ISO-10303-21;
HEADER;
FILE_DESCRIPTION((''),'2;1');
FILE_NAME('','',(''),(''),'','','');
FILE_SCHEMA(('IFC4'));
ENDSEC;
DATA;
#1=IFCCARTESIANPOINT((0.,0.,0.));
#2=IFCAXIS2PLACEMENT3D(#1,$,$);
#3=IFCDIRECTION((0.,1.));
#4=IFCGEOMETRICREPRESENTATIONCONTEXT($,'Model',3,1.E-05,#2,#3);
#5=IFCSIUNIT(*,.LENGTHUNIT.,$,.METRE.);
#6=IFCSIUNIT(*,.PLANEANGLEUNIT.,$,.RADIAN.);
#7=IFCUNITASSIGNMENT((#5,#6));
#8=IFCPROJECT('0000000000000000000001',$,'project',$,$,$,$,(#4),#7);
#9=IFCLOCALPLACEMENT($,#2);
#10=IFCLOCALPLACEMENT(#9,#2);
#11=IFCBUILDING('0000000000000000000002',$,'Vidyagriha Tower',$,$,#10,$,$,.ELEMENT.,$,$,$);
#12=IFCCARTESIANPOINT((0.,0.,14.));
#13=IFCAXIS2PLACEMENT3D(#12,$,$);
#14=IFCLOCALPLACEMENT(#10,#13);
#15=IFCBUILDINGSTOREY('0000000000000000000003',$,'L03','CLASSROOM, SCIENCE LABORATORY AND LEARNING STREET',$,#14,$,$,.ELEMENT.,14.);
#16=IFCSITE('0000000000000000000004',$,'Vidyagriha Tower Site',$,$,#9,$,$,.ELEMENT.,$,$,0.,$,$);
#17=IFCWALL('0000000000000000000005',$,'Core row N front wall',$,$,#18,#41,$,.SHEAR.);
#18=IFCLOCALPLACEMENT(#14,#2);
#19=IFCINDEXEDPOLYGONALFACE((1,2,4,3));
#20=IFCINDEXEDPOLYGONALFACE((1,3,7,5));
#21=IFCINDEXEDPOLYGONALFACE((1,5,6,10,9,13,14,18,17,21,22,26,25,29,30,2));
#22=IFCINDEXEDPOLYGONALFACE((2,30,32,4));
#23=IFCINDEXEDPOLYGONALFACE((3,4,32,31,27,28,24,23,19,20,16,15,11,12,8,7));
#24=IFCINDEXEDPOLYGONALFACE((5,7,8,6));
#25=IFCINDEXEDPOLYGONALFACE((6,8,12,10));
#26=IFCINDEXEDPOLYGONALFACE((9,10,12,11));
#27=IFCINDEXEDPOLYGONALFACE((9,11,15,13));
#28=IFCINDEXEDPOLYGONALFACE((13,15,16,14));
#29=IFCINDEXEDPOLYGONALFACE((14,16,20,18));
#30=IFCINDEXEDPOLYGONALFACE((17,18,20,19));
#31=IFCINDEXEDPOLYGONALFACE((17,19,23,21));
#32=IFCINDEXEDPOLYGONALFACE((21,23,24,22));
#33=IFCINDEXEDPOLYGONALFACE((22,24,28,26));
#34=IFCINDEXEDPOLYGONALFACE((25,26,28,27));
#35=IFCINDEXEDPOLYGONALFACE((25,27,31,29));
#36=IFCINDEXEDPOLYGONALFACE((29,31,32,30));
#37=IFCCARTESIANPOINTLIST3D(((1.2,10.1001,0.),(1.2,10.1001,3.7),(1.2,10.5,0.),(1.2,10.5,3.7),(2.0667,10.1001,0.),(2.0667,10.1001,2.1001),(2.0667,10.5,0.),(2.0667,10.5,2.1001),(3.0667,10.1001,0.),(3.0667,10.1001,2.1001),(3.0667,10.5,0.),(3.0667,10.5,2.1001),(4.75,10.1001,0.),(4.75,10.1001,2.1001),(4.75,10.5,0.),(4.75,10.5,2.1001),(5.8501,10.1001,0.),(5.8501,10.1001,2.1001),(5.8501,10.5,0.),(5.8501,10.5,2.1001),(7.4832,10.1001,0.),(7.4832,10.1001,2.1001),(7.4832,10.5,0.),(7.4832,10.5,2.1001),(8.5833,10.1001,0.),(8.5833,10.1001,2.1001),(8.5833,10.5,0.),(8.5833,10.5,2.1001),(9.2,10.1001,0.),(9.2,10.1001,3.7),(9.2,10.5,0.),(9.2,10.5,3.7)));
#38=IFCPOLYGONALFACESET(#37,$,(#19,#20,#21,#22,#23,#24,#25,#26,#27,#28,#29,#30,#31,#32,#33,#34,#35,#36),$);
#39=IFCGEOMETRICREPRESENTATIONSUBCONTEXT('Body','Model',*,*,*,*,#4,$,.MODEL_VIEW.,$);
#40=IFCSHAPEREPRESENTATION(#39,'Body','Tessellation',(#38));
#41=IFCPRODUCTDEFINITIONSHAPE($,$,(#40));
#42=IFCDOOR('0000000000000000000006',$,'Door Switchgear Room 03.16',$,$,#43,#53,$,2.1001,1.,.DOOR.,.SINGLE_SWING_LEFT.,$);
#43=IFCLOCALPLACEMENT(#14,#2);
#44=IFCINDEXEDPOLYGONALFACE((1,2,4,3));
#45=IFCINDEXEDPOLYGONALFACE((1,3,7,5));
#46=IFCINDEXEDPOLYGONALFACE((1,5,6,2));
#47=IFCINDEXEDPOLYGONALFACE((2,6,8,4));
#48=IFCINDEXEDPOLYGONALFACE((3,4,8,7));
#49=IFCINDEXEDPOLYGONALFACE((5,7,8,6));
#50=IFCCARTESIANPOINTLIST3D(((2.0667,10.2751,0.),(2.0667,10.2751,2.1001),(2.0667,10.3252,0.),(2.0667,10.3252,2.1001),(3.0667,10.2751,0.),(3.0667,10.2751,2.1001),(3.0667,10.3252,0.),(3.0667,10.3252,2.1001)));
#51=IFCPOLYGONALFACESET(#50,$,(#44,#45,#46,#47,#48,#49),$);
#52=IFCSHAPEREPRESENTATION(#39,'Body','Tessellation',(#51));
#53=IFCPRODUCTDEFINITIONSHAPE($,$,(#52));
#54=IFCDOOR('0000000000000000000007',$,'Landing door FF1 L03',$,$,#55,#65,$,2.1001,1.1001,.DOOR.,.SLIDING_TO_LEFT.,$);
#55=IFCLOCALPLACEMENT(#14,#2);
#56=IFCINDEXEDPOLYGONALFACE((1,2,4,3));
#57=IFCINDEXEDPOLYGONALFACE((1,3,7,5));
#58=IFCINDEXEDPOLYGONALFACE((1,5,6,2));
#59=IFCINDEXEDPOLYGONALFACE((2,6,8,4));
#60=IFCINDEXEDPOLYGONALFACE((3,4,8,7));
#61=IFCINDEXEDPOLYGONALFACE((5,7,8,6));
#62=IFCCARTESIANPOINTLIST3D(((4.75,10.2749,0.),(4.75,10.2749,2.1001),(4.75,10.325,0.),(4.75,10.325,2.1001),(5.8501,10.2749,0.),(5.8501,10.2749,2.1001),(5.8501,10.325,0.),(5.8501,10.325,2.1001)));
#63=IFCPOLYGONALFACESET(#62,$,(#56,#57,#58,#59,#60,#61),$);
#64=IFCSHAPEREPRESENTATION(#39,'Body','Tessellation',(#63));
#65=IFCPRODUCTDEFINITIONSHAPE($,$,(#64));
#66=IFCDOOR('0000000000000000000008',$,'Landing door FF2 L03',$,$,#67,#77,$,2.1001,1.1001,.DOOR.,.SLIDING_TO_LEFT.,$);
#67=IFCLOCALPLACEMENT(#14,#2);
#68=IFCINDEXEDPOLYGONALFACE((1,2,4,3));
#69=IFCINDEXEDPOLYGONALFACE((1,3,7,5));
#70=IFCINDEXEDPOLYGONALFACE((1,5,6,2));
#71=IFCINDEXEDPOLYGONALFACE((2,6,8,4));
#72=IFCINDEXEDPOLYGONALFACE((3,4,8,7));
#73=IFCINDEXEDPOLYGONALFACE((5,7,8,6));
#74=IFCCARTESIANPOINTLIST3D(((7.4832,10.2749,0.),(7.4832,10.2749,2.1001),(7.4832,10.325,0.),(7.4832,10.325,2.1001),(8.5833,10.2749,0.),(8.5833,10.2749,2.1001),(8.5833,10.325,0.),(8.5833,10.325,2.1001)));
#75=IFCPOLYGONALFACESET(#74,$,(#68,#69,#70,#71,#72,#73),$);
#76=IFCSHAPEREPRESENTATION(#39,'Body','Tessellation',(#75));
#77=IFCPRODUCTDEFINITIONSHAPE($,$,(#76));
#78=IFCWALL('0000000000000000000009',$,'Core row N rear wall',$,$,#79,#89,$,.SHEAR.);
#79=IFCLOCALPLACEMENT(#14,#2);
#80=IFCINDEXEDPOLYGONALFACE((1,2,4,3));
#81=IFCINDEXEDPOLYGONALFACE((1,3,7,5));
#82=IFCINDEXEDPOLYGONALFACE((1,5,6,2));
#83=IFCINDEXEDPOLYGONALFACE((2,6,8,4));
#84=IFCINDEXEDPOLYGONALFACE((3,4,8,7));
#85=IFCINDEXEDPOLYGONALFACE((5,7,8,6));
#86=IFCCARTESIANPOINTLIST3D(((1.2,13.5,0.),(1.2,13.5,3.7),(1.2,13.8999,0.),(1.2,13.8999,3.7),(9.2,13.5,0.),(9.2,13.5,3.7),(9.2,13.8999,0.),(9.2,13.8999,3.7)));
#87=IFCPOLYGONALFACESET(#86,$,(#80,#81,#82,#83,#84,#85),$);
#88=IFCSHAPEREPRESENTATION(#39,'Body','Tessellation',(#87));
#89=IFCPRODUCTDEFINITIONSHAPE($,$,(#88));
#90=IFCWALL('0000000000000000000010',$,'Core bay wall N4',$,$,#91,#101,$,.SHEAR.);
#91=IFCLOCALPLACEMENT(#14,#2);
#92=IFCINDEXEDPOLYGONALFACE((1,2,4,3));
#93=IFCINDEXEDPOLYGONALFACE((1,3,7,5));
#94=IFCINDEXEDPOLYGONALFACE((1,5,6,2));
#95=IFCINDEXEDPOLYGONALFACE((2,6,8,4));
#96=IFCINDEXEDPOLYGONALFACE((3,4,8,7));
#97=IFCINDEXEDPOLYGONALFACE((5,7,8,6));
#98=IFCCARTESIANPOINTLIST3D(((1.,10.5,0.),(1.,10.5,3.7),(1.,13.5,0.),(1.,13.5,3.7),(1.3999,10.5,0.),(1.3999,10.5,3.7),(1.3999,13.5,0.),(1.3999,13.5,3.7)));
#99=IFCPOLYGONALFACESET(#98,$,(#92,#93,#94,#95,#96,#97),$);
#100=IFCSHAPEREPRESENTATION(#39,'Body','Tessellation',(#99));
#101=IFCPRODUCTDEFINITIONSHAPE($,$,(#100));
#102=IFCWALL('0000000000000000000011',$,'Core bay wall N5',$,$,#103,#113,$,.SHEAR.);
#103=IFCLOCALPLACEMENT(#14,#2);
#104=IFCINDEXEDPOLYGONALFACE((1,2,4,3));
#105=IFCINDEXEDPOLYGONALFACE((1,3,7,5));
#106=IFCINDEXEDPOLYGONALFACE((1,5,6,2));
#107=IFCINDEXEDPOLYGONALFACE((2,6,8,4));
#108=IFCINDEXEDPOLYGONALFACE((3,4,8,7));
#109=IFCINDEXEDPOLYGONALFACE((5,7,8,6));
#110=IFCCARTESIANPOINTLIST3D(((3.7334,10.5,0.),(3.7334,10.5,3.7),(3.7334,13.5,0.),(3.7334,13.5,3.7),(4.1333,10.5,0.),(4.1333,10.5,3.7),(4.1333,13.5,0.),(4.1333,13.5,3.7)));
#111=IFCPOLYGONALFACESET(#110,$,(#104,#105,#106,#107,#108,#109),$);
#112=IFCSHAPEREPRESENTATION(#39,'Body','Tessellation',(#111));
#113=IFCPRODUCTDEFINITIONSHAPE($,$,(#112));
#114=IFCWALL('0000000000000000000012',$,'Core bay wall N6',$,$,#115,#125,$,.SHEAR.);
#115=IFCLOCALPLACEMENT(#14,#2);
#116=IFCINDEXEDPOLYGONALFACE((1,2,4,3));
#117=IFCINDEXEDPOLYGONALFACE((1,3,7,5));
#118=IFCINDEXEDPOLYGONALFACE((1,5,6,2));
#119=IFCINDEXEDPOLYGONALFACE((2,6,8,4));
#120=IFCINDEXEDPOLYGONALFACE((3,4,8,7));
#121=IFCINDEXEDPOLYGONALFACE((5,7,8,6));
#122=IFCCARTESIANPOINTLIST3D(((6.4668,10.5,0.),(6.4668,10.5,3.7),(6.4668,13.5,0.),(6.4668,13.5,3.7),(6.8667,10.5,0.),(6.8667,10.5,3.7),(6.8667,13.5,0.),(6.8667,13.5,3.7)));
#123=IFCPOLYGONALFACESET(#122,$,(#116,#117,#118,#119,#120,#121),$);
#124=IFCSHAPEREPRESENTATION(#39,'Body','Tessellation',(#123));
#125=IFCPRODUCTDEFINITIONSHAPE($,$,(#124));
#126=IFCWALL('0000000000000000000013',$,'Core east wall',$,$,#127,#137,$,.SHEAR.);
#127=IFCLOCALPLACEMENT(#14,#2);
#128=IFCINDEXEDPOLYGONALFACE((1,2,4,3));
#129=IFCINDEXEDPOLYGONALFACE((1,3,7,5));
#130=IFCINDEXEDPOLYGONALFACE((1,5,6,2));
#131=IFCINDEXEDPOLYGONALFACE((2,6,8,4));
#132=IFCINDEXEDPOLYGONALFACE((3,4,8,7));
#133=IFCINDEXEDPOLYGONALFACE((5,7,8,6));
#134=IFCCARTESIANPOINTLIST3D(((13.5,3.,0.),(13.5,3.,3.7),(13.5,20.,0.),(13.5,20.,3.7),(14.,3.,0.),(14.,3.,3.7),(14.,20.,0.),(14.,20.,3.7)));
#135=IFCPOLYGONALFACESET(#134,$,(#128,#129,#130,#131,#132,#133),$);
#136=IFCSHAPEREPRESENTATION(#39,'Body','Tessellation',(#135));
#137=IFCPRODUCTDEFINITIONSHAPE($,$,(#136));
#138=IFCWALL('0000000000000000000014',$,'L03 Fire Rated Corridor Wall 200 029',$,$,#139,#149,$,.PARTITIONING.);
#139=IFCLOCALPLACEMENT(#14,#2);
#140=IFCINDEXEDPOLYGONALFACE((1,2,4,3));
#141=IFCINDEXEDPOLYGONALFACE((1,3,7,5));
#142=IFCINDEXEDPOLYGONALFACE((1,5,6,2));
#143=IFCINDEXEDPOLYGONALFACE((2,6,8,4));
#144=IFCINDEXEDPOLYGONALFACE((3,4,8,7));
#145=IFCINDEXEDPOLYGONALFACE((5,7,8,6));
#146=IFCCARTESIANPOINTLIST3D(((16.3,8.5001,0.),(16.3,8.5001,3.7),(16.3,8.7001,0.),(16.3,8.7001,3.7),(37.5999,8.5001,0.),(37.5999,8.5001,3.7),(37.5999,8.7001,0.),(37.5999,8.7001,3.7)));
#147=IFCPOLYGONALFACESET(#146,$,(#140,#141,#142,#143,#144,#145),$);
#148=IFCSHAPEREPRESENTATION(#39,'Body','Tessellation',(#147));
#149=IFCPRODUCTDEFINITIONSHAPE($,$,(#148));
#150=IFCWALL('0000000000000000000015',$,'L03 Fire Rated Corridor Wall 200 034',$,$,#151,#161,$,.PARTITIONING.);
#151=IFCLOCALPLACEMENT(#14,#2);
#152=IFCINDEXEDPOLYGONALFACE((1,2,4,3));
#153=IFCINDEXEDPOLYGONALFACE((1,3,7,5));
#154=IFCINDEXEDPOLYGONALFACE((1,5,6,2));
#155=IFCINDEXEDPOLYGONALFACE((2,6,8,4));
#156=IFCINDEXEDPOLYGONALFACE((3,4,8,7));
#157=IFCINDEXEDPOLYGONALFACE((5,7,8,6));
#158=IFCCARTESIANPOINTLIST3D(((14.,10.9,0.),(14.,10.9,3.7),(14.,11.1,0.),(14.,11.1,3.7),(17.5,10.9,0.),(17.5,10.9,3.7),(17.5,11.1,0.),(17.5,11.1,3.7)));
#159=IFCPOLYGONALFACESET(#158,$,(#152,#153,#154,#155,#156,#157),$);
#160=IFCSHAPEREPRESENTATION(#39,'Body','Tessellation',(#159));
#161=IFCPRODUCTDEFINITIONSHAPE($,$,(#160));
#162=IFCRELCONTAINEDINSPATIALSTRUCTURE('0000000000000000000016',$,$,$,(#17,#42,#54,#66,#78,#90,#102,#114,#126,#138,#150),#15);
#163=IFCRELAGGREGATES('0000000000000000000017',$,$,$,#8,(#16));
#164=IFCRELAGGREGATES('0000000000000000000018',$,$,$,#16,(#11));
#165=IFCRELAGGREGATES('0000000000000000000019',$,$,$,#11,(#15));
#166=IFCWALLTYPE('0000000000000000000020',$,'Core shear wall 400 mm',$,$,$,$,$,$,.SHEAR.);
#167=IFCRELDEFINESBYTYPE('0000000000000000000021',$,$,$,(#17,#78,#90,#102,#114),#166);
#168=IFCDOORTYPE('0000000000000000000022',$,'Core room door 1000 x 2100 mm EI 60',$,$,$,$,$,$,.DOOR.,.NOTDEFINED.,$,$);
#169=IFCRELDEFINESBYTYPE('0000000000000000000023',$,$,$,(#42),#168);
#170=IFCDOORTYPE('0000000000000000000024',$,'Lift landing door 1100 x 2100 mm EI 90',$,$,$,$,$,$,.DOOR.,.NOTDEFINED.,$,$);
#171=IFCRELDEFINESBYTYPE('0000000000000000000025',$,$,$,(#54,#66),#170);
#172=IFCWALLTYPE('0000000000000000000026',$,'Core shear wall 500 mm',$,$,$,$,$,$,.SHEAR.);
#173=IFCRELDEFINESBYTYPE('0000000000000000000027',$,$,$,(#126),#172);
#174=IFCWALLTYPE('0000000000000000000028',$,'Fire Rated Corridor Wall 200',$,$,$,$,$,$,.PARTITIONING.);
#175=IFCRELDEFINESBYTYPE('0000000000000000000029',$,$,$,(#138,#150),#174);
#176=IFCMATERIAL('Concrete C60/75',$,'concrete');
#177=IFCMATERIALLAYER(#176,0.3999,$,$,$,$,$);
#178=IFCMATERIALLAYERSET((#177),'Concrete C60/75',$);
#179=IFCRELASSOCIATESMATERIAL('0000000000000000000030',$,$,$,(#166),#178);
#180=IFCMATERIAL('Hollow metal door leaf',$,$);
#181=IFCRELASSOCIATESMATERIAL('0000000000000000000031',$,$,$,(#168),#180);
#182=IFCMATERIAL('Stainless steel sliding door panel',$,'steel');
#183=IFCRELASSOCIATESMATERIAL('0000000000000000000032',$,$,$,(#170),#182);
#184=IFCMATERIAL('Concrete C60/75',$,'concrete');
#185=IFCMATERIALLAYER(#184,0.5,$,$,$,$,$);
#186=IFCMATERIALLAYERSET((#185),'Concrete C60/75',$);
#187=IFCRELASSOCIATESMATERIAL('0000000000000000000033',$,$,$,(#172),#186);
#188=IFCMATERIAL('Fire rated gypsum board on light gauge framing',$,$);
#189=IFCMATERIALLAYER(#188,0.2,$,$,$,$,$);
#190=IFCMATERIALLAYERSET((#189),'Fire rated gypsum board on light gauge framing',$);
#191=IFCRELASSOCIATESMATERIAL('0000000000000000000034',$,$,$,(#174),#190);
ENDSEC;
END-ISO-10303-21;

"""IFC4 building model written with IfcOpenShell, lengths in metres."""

from ifc_helpers import new_model, si_unit, direction, frame, frame_2d, origin, place, context, subcontext, project, spatial, rectangle, extrude, material, layer, layer_set, type_object, element, fill, save


model = new_model("IFC4")

# Units and contexts
model_context = context("Model", 3, precision=1e-05, world=origin(), true_north=direction((0.0, 1.0)))
body_context = subcontext(model_context, "Body", "Model", "MODEL_VIEW")
ifc_project = project(units=[si_unit("LENGTHUNIT", "METRE"), si_unit("PLANEANGLEUNIT", "RADIAN")], contexts=[model_context])

# Site, building, storey
site_placement = place(None, origin())
site = spatial("IfcSite", under=ifc_project, at=site_placement, Name="Vidyagriha Tower Site", CompositionType="ELEMENT", RefElevation=0.0)
building_placement = place(site_placement, origin())
building = spatial("IfcBuilding", under=site, at=building_placement, Name="Vidyagriha Tower", CompositionType="ELEMENT")
storey_placement = place(building_placement, frame((0.0, 0.0, 14.0)))
storey = spatial("IfcBuildingStorey", under=building, at=storey_placement, Name="L03", Description="CLASSROOM, SCIENCE LABORATORY AND LEARNING STREET", CompositionType="ELEMENT", Elevation=14.0)

# Shared definitions
ifc_material_1 = material(Name="Concrete C60/75", Category="concrete")
ifc_layer_1 = layer(ifc_material_1, 0.3999)
ifc_layer_set_1 = layer_set([ifc_layer_1], Name="Concrete C60/75")
wall_type_1 = type_object("IfcWallType", Name="Core shear wall 400 mm", PredefinedType="SHEAR", material=ifc_layer_set_1)
ifc_material_2 = material(Name="Hollow metal door leaf")
door_type_1 = type_object("IfcDoorType", Name="Core room door 1000 x 2100 mm EI 60", OperationType="NOTDEFINED", PredefinedType="DOOR", material=ifc_material_2)

# Wall, openings, doors
wall_1_placement = place(storey_placement, frame((1.2, 10.3, 0.0)))
wall_1 = element("IfcWall", 1, at=wall_1_placement, inside=storey, type_object=wall_type_1, Name="Core row N front wall", PredefinedType="SHEAR", context=body_context, shape_type="SweptSolid", body=[
    extrude(rectangle(XDim=8.0, YDim=0.3999, at=frame_2d((4.0, 0.0))), origin(), (0.0, 0.0, 1.0), 3.7),
])
opening_1_placement = place(wall_1_placement, frame((3.55, 0.0, 0.0)))
opening_1 = element("IfcOpeningElement", 2, at=opening_1_placement, cuts=wall_1, PredefinedType="OPENING", context=body_context, shape_type="SweptSolid", body=[
    extrude(rectangle(XDim=1.1001, YDim=2.1001, at=frame_2d((0.55, 1.05))), frame((0.0, 0.21, 0.0), z_axis=(0.0, -1.0, 0.0), x_axis=(1.0, 0.0, 0.0)), (0.0, 0.0, 1.0), 0.4199),
])
opening_2_placement = place(wall_1_placement, frame((6.2832, 0.0, 0.0)))
opening_2 = element("IfcOpeningElement", 3, at=opening_2_placement, cuts=wall_1, PredefinedType="OPENING", context=body_context, shape_type="SweptSolid", body=[
    extrude(rectangle(XDim=1.1001, YDim=2.1001, at=frame_2d((0.55, 1.05))), frame((0.0, 0.21, 0.0), z_axis=(0.0, -1.0, 0.0), x_axis=(1.0, 0.0, 0.0)), (0.0, 0.0, 1.0), 0.4199),
])
opening_3_placement = place(wall_1_placement, frame((0.8667, 0.0, 0.0)))
opening_3 = element("IfcOpeningElement", 4, at=opening_3_placement, cuts=wall_1, PredefinedType="OPENING", context=body_context, shape_type="SweptSolid", body=[
    extrude(rectangle(XDim=1.0, YDim=2.1001, at=frame_2d((0.5, 1.05))), frame((0.0, 0.21, 0.0), z_axis=(0.0, -1.0, 0.0), x_axis=(1.0, 0.0, 0.0)), (0.0, 0.0, 1.0), 0.4199),
])
door_1_placement = place(opening_3_placement, frame((1.0, 0.0, 0.0), z_axis=(0.0, 0.0, 1.0), x_axis=(-1.0, 0.0, 0.0)))
door_1 = element("IfcDoor", 5, at=door_1_placement, inside=storey, type_object=door_type_1, Name="Door Switchgear Room 03.16", OperationType="SINGLE_SWING_LEFT", OverallHeight=2.1001, OverallWidth=1.0, PredefinedType="DOOR", context=body_context, shape_type="SweptSolid", body=[
    extrude(rectangle(XDim=1.0, YDim=2.1001, at=frame_2d((0.5, 1.05))), frame((0.0, 0.0249, 0.0), z_axis=(0.0, -1.0, 0.0), x_axis=(1.0, 0.0, 0.0)), (0.0, 0.0, 1.0), 0.05),
])
fill(opening_3, door_1)
ifc_material_3 = material(Name="Stainless steel sliding door panel", Category="steel")
door_type_2 = type_object("IfcDoorType", Name="Lift landing door 1100 x 2100 mm EI 90", OperationType="NOTDEFINED", PredefinedType="DOOR", material=ifc_material_3)
door_2_placement = place(opening_1_placement, origin())
door_2 = element("IfcDoor", 6, at=door_2_placement, inside=storey, type_object=door_type_2, Name="Landing door FF1 L03", OperationType="SLIDING_TO_LEFT", OverallHeight=2.1001, OverallWidth=1.1001, PredefinedType="DOOR", context=body_context, shape_type="SweptSolid", body=[
    extrude(rectangle(XDim=1.1001, YDim=2.1001, at=frame_2d((0.55, 1.05))), frame((0.0, 0.0249, 0.0), z_axis=(0.0, -1.0, 0.0), x_axis=(1.0, 0.0, 0.0)), (0.0, 0.0, 1.0), 0.05),
])
fill(opening_1, door_2)
door_3_placement = place(opening_2_placement, origin())
door_3 = element("IfcDoor", 7, at=door_3_placement, inside=storey, type_object=door_type_2, Name="Landing door FF2 L03", OperationType="SLIDING_TO_LEFT", OverallHeight=2.1001, OverallWidth=1.1001, PredefinedType="DOOR", context=body_context, shape_type="SweptSolid", body=[
    extrude(rectangle(XDim=1.1001, YDim=2.1001, at=frame_2d((0.55, 1.05))), frame((0.0, 0.0249, 0.0), z_axis=(0.0, -1.0, 0.0), x_axis=(1.0, 0.0, 0.0)), (0.0, 0.0, 1.0), 0.05),
])
fill(opening_2, door_3)

# Walls
wall_2_placement = place(storey_placement, frame((1.2, 13.7, 0.0)))
element("IfcWall", 8, at=wall_2_placement, inside=storey, type_object=wall_type_1, Name="Core row N rear wall", PredefinedType="SHEAR", context=body_context, shape_type="SweptSolid", body=[
    extrude(rectangle(XDim=8.0, YDim=0.3999, at=frame_2d((4.0, 0.0))), origin(), (0.0, 0.0, 1.0), 3.7),
])
for number, where, z_axis, x_axis, name in (
    (9, (1.2, 10.5, 0.0), (0.0, 0.0, 1.0), (0.0, 1.0, 0.0), "Core bay wall N4"),
    (10, (3.9333, 10.5, 0.0), (0.0, 0.0, 1.0), (0.0, 1.0, 0.0), "Core bay wall N5"),
    (11, (6.6667, 10.5, 0.0), (0.0, 0.0, 1.0), (0.0, 1.0, 0.0), "Core bay wall N6"),
):
    element("IfcWall", number, at=place(storey_placement, frame(where, z_axis=z_axis, x_axis=x_axis)), inside=storey, type_object=wall_type_1, Name=name, PredefinedType="SHEAR", context=body_context, shape_type="SweptSolid", body=[
        extrude(rectangle(XDim=3.0, YDim=0.3999, at=frame_2d((1.5, 0.0))), origin(), (0.0, 0.0, 1.0), 3.7),
    ])
ifc_material_4 = material(Name="Concrete C60/75", Category="concrete")
ifc_layer_2 = layer(ifc_material_4, 0.5)
ifc_layer_set_2 = layer_set([ifc_layer_2], Name="Concrete C60/75")
wall_type_2 = type_object("IfcWallType", Name="Core shear wall 500 mm", PredefinedType="SHEAR", material=ifc_layer_set_2)
wall_3_placement = place(storey_placement, frame((13.75, 3.0, 0.0), z_axis=(0.0, 0.0, 1.0), x_axis=(0.0, 1.0, 0.0)))
element("IfcWall", 12, at=wall_3_placement, inside=storey, type_object=wall_type_2, Name="Core east wall", PredefinedType="SHEAR", context=body_context, shape_type="SweptSolid", body=[
    extrude(rectangle(XDim=17.0, YDim=0.5, at=frame_2d((8.5, 0.0))), origin(), (0.0, 0.0, 1.0), 3.7),
])
ifc_material_5 = material(Name="Fire rated gypsum board on light gauge framing")
ifc_layer_3 = layer(ifc_material_5, 0.2)
ifc_layer_set_3 = layer_set([ifc_layer_3], Name="Fire rated gypsum board on light gauge framing")
wall_type_3 = type_object("IfcWallType", Name="Fire Rated Corridor Wall 200", PredefinedType="PARTITIONING", material=ifc_layer_set_3)
wall_4_placement = place(storey_placement, frame((16.3, 8.6001, 0.0)))
element("IfcWall", 13, at=wall_4_placement, inside=storey, type_object=wall_type_3, Name="L03 Fire Rated Corridor Wall 200 029", PredefinedType="PARTITIONING", context=body_context, shape_type="SweptSolid", body=[
    extrude(rectangle(XDim=21.2998, YDim=0.2, at=frame_2d((10.6499, 0.0))), origin(), (0.0, 0.0, 1.0), 3.7),
])
wall_5_placement = place(storey_placement, frame((14.0, 11.0, 0.0)))
element("IfcWall", 14, at=wall_5_placement, inside=storey, type_object=wall_type_3, Name="L03 Fire Rated Corridor Wall 200 034", PredefinedType="PARTITIONING", context=body_context, shape_type="SweptSolid", body=[
    extrude(rectangle(XDim=3.5, YDim=0.2, at=frame_2d((1.75, 0.0))), origin(), (0.0, 0.0, 1.0), 3.7),
])

save(model, "model.ifc")
